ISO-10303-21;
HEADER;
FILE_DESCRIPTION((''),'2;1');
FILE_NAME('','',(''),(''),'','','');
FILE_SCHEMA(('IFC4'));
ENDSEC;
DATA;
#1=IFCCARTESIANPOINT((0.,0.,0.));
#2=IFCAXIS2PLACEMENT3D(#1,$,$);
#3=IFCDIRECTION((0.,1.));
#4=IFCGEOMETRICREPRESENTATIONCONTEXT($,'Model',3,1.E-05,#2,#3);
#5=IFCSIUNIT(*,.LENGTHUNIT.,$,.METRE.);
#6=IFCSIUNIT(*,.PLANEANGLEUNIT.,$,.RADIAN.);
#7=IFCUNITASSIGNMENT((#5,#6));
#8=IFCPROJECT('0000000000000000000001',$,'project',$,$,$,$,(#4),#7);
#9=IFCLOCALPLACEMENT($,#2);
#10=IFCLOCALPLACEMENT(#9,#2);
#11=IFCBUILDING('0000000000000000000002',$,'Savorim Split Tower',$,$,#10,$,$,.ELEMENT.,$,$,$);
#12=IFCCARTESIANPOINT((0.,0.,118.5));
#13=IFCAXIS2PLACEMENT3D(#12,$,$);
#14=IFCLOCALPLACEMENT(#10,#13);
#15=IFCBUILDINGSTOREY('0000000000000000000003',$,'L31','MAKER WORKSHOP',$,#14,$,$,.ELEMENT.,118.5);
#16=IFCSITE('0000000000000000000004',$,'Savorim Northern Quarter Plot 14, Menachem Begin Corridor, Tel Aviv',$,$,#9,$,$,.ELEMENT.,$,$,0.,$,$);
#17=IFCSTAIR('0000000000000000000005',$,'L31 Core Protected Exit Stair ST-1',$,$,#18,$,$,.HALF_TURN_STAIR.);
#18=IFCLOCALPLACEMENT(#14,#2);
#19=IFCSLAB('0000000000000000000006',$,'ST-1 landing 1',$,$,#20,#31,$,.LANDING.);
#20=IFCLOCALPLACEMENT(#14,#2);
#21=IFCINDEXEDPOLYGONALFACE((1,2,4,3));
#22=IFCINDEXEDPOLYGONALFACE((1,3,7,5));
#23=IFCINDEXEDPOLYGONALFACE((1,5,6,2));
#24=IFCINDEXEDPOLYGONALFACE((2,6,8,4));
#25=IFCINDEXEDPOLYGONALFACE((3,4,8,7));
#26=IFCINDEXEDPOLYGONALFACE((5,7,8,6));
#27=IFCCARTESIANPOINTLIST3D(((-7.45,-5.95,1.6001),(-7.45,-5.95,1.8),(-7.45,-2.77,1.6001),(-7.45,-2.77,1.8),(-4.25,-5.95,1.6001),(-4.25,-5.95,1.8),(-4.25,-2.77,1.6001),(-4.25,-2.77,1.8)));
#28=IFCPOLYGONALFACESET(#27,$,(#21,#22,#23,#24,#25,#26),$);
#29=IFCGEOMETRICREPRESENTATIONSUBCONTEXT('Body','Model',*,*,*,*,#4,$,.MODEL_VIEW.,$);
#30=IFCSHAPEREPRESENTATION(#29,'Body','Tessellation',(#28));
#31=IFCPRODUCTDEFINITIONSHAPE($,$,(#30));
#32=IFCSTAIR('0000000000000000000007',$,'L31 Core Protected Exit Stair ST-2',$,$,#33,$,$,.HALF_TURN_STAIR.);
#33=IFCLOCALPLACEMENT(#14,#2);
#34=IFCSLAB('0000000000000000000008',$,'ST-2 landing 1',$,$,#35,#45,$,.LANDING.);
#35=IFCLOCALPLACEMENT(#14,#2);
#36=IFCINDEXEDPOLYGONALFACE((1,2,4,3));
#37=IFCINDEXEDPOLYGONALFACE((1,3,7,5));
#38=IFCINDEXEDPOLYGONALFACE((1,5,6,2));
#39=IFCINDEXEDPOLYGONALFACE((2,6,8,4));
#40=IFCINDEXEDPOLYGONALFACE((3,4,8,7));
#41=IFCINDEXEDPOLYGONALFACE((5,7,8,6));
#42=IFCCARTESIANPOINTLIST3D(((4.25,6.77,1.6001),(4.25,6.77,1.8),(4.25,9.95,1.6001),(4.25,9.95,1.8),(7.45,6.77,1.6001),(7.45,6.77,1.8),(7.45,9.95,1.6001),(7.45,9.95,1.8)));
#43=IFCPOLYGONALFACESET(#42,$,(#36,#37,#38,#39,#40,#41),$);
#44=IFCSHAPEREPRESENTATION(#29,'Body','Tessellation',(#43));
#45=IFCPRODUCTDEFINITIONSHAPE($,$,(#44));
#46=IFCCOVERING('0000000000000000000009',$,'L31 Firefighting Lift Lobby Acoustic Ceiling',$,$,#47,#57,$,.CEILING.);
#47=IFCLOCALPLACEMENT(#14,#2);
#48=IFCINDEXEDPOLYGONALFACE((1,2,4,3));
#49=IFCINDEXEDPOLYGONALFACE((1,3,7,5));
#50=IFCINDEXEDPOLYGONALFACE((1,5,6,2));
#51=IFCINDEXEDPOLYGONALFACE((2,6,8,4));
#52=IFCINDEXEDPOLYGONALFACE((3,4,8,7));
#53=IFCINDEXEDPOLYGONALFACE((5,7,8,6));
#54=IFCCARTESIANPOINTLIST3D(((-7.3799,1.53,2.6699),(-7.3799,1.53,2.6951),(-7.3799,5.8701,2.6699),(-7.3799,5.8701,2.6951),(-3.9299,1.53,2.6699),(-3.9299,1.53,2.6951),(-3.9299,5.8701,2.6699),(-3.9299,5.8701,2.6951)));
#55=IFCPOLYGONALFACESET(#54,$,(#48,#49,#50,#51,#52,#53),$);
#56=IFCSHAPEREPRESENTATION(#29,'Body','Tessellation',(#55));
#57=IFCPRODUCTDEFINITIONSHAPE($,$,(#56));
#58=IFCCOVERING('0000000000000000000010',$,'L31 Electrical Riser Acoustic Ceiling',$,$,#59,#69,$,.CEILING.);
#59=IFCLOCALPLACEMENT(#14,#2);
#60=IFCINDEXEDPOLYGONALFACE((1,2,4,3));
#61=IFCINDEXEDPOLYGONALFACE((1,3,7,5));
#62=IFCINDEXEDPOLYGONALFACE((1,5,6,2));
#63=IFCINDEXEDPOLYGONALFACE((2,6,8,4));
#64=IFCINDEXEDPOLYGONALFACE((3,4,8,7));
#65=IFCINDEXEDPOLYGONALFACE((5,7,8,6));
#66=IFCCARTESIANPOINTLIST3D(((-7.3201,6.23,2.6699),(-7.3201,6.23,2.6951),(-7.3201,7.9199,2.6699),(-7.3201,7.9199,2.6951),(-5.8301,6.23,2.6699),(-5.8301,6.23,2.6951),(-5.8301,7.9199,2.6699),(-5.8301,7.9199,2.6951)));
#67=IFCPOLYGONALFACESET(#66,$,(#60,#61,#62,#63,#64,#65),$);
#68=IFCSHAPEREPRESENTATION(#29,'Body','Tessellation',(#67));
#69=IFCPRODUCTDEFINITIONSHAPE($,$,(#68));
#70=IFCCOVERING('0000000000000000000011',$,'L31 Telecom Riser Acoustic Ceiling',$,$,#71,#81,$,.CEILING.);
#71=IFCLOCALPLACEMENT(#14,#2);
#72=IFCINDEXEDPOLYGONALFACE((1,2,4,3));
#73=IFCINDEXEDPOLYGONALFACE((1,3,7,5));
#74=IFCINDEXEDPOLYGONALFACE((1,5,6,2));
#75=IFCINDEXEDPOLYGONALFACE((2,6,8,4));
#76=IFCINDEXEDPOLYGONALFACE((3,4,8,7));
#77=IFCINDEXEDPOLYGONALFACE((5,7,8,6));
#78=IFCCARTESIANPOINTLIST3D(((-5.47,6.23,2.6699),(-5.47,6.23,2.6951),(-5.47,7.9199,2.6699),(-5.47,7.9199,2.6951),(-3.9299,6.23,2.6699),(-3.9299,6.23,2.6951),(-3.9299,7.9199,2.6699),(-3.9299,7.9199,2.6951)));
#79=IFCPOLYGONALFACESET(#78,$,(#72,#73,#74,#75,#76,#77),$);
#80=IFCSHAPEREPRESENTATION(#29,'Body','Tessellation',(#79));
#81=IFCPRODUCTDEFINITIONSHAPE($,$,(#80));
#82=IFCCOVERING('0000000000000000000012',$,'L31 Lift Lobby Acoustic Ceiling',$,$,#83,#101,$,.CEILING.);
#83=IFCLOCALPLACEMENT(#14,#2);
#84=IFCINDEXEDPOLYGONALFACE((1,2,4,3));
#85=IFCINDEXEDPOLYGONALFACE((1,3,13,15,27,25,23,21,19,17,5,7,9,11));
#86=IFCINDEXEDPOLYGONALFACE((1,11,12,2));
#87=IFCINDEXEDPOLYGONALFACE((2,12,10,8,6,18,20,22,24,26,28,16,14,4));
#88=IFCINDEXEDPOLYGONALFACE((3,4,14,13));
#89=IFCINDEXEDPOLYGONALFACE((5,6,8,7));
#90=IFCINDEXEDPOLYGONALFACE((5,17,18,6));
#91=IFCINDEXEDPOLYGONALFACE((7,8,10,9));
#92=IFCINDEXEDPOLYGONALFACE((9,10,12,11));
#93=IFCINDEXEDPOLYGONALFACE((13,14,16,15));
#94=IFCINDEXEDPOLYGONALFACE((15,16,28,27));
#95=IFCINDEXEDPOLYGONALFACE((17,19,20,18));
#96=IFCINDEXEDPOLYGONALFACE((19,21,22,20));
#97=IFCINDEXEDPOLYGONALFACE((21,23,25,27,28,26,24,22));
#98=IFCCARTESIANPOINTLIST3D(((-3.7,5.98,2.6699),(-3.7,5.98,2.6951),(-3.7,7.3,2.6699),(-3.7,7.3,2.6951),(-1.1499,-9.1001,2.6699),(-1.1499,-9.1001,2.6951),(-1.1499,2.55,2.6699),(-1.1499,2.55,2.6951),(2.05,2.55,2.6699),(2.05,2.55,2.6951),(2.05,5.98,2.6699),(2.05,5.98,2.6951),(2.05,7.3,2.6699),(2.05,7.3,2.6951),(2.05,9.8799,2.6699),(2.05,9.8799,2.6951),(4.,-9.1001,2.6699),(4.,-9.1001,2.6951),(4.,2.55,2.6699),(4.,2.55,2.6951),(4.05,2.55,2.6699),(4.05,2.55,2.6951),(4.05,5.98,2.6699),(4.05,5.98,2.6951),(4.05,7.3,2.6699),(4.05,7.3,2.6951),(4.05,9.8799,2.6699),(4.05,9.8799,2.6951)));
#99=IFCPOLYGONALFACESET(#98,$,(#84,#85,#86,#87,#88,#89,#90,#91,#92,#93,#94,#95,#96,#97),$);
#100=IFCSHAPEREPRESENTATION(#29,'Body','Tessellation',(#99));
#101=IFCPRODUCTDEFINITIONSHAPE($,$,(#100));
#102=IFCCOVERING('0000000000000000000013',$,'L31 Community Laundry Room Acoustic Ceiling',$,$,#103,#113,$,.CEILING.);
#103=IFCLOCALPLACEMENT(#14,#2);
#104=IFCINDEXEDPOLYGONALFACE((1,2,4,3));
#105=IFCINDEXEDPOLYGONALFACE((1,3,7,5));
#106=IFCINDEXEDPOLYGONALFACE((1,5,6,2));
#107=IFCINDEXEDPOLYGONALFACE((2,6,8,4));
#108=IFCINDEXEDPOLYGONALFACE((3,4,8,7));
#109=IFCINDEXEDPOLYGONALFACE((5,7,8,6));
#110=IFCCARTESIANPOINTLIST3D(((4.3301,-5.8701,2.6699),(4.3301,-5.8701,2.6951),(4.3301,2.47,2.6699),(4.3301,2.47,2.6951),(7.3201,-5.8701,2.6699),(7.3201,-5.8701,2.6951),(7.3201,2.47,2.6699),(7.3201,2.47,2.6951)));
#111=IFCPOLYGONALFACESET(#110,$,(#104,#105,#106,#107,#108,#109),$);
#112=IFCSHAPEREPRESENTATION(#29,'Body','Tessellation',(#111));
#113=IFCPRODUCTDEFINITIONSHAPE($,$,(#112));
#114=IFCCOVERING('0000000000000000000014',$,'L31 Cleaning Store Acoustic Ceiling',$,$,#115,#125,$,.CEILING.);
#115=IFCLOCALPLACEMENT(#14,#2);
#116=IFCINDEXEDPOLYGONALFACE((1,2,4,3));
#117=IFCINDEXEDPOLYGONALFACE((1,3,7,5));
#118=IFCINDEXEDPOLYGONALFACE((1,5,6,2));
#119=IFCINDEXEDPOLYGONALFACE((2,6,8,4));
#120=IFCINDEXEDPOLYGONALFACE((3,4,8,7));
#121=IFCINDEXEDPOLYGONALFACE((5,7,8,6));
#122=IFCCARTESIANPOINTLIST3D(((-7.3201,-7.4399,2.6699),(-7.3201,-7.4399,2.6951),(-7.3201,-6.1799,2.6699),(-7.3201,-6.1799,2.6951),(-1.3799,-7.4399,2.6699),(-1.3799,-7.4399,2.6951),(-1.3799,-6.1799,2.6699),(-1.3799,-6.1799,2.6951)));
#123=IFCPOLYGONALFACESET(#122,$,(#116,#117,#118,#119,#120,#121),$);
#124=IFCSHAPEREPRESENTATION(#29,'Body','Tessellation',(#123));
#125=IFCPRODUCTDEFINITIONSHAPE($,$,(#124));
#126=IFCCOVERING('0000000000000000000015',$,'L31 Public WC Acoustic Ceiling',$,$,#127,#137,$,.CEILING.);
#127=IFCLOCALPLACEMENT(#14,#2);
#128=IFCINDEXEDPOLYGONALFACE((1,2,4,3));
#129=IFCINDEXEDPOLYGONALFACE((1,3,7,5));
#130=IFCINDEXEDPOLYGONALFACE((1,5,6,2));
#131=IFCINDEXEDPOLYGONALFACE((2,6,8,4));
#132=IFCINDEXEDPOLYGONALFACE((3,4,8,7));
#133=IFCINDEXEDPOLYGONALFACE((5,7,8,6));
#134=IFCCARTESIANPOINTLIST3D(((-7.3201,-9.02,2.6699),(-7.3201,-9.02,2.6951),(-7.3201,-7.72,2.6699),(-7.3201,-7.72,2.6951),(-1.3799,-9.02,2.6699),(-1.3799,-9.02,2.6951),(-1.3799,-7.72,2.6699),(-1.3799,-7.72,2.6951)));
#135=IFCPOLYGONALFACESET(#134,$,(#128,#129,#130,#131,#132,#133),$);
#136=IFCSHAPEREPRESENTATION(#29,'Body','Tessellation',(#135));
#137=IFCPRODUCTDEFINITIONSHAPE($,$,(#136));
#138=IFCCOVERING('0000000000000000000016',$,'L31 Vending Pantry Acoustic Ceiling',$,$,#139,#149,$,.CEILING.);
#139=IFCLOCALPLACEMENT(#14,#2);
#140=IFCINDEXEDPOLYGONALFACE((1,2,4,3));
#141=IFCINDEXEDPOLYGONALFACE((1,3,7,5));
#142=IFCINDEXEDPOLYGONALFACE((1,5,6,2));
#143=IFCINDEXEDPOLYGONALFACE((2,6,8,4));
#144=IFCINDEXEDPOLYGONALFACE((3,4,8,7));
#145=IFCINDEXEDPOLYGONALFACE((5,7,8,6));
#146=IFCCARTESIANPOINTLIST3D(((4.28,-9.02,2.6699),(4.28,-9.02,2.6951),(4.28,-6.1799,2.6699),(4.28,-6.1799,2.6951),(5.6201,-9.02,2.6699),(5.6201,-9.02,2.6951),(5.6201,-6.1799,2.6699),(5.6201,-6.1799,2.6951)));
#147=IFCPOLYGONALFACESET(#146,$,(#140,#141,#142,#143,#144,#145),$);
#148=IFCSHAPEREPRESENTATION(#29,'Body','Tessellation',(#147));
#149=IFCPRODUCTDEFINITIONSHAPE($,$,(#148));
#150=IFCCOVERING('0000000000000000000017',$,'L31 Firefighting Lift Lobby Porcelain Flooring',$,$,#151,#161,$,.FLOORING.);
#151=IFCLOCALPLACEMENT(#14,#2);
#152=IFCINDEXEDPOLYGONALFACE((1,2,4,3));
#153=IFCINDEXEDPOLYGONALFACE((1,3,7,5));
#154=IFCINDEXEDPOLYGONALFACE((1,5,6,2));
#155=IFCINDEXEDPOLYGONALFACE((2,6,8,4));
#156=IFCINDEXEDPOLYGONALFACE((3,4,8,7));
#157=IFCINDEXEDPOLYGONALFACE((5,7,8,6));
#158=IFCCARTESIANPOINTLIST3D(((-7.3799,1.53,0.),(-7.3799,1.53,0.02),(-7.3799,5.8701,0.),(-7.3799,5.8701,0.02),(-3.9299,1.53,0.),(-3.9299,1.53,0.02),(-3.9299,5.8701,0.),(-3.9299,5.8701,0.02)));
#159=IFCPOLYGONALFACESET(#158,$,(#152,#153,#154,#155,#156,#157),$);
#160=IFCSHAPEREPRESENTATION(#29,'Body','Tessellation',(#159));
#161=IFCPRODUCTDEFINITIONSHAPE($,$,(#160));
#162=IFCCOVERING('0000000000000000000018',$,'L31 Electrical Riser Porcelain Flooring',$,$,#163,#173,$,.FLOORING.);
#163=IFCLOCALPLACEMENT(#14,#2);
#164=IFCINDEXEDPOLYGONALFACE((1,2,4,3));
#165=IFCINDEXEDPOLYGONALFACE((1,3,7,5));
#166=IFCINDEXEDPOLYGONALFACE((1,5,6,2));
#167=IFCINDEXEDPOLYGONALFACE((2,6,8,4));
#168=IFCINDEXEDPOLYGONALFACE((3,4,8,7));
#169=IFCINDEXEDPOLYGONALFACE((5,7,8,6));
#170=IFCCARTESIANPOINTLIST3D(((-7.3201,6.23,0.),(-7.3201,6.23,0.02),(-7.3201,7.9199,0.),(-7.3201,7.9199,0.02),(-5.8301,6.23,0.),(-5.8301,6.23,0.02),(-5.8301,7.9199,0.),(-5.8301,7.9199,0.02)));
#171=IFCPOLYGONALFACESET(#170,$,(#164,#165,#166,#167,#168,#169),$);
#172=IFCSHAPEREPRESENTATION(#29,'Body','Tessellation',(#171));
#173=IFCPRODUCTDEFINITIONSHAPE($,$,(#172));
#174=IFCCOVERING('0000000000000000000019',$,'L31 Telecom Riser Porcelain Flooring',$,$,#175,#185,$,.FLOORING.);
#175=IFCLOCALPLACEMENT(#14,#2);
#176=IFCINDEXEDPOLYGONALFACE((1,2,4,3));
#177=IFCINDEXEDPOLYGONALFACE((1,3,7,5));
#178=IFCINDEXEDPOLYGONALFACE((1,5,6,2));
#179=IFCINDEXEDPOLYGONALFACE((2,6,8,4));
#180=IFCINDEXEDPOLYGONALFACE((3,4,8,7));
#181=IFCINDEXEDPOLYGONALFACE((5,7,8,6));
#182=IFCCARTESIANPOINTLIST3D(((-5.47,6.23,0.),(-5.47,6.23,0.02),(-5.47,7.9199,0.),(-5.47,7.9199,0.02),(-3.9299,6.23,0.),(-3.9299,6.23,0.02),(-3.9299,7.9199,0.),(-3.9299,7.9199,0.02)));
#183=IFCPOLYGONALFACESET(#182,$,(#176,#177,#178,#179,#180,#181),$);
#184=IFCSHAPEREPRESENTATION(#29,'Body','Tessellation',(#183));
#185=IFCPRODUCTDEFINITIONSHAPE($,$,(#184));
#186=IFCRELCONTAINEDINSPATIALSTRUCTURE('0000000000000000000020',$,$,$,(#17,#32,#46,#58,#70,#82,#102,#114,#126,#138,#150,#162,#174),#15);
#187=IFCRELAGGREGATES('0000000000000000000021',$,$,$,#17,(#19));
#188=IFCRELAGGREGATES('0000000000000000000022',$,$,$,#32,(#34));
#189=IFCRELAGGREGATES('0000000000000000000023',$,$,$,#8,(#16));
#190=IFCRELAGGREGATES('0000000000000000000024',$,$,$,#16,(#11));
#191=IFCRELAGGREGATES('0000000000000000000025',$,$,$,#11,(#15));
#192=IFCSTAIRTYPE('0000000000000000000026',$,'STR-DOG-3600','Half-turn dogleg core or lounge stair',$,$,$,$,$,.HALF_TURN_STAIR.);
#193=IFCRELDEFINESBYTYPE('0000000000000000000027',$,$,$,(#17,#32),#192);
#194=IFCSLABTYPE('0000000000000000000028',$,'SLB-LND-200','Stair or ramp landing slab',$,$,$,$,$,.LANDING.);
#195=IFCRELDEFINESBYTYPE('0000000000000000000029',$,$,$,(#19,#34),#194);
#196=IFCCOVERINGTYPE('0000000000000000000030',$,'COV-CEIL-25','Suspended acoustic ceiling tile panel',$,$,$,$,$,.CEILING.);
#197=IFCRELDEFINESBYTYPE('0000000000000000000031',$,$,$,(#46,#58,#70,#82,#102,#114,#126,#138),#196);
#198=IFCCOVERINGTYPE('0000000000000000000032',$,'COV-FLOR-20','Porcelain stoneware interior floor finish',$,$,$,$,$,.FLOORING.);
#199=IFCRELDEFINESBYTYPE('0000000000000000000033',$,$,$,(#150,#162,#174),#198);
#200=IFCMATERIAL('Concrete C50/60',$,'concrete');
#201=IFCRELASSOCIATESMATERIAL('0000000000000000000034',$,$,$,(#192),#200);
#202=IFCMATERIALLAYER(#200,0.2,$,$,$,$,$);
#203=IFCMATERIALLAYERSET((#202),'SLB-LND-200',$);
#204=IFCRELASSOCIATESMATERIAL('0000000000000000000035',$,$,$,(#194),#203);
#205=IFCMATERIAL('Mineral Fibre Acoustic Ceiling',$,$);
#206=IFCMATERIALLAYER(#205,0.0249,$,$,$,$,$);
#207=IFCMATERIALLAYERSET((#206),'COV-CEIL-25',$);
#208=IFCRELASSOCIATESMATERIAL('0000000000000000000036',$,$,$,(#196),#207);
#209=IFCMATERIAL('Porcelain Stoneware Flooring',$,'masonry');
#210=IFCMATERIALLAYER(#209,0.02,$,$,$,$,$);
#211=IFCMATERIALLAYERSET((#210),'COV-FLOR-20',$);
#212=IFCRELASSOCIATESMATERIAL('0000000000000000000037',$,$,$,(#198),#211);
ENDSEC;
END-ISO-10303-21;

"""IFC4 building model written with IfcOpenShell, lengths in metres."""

from ifc_helpers import new_model, si_unit, direction, frame, origin, place, context, subcontext, project, spatial, polyline, outline, extrude, material, layer, layer_set, type_object, element, aggregate, save


model = new_model("IFC4")

# Units and contexts
model_context = context("Model", 3, precision=1e-05, world=origin(), true_north=direction((0.0, 1.0)))
body_context = subcontext(model_context, "Body", "Model", "MODEL_VIEW")
ifc_project = project(units=[si_unit("LENGTHUNIT", "METRE"), si_unit("PLANEANGLEUNIT", "RADIAN")], contexts=[model_context])

# Site, building, storey
site_placement = place(None, origin())
site = spatial("IfcSite", under=ifc_project, at=site_placement, Name="Savorim Northern Quarter Plot 14, Menachem Begin Corridor, Tel Aviv", CompositionType="ELEMENT", RefElevation=0.0)
building_placement = place(site_placement, origin())
building = spatial("IfcBuilding", under=site, at=building_placement, Name="Savorim Split Tower", CompositionType="ELEMENT")
storey_placement = place(building_placement, frame((0.0, 0.0, 118.5)))
storey = spatial("IfcBuildingStorey", under=building, at=storey_placement, Name="L31", Description="MAKER WORKSHOP", CompositionType="ELEMENT", Elevation=118.5)

# Stairs, slabs
ifc_material_1 = material(Name="Concrete C50/60", Category="concrete")
stair_type = type_object("IfcStairType", Name="STR-DOG-3600", Description="Half-turn dogleg core or lounge stair", PredefinedType="HALF_TURN_STAIR", material=ifc_material_1)
stair_1_placement = place(storey_placement, origin())
stair_1 = element("IfcStair", 1, at=stair_1_placement, inside=storey, type_object=stair_type, Name="L31 Core Protected Exit Stair ST-1", PredefinedType="HALF_TURN_STAIR")
ifc_layer_1 = layer(ifc_material_1, 0.2)
ifc_layer_set_1 = layer_set([ifc_layer_1], Name="SLB-LND-200")
slab_type = type_object("IfcSlabType", Name="SLB-LND-200", Description="Stair or ramp landing slab", PredefinedType="LANDING", material=ifc_layer_set_1)
slab_1_placement = place(storey_placement, frame((0.0, 0.0, 1.6001)))
slab_1 = element("IfcSlab", 2, at=slab_1_placement, type_object=slab_type, Name="ST-1 landing 1", PredefinedType="LANDING", context=body_context, shape_type="SweptSolid", body=[
    extrude(outline(polyline([(-7.45, -2.77), (-7.45, -5.95), (-4.25, -5.95), (-4.25, -2.77), (-7.45, -2.77)])), origin(), (0.0, 0.0, 1.0), 0.2),
])
aggregate(stair_1, [slab_1])
stair_2_placement = place(storey_placement, origin())
stair_2 = element("IfcStair", 3, at=stair_2_placement, inside=storey, type_object=stair_type, Name="L31 Core Protected Exit Stair ST-2", PredefinedType="HALF_TURN_STAIR")
slab_2_placement = place(storey_placement, frame((0.0, 0.0, 1.6001)))
slab_2 = element("IfcSlab", 4, at=slab_2_placement, type_object=slab_type, Name="ST-2 landing 1", PredefinedType="LANDING", context=body_context, shape_type="SweptSolid", body=[
    extrude(outline(polyline([(7.45, 6.77), (7.45, 9.95), (4.25, 9.95), (4.25, 6.77), (7.45, 6.77)])), origin(), (0.0, 0.0, 1.0), 0.2),
])
aggregate(stair_2, [slab_2])

# Coverings
ifc_material_2 = material(Name="Mineral Fibre Acoustic Ceiling")
ifc_layer_2 = layer(ifc_material_2, 0.0249)
ifc_layer_set_2 = layer_set([ifc_layer_2], Name="COV-CEIL-25")
covering_type_1 = type_object("IfcCoveringType", Name="COV-CEIL-25", Description="Suspended acoustic ceiling tile panel", PredefinedType="CEILING", material=ifc_layer_set_2)
covering_1_placement = place(storey_placement, frame((0.0, 0.0, 2.6699)))
element("IfcCovering", 5, at=covering_1_placement, inside=storey, type_object=covering_type_1, Name="L31 Firefighting Lift Lobby Acoustic Ceiling", PredefinedType="CEILING", context=body_context, shape_type="SweptSolid", body=[
    extrude(outline(polyline([(-7.3799, 5.8701), (-7.3799, 1.53), (-3.9299, 1.53), (-3.9299, 5.8701), (-7.3799, 5.8701)])), origin(), (0.0, 0.0, 1.0), 0.0251),
])
covering_2_placement = place(storey_placement, frame((0.0, 0.0, 2.6699)))
element("IfcCovering", 6, at=covering_2_placement, inside=storey, type_object=covering_type_1, Name="L31 Electrical Riser Acoustic Ceiling", PredefinedType="CEILING", context=body_context, shape_type="SweptSolid", body=[
    extrude(outline(polyline([(-7.3201, 7.9199), (-7.3201, 6.23), (-5.8301, 6.23), (-5.8301, 7.9199), (-7.3201, 7.9199)])), origin(), (0.0, 0.0, 1.0), 0.0251),
])
covering_3_placement = place(storey_placement, frame((0.0, 0.0, 2.6699)))
element("IfcCovering", 7, at=covering_3_placement, inside=storey, type_object=covering_type_1, Name="L31 Telecom Riser Acoustic Ceiling", PredefinedType="CEILING", context=body_context, shape_type="SweptSolid", body=[
    extrude(outline(polyline([(-5.47, 7.9199), (-5.47, 6.23), (-3.9299, 6.23), (-3.9299, 7.9199), (-5.47, 7.9199)])), origin(), (0.0, 0.0, 1.0), 0.0251),
])
covering_4_placement = place(storey_placement, frame((0.0, 0.0, 2.6699)))
element("IfcCovering", 8, at=covering_4_placement, inside=storey, type_object=covering_type_1, Name="L31 Lift Lobby Acoustic Ceiling", PredefinedType="CEILING", context=body_context, shape_type="SweptSolid", body=[
    extrude(outline(polyline([(2.05, 2.55), (-1.1499, 2.55), (-1.1499, -9.1001), (4.0, -9.1001), (4.0, 2.55), (4.05, 2.55), (4.05, 5.98), (4.05, 7.3), (4.05, 9.8799), (2.05, 9.8799), (2.05, 7.3), (-3.7, 7.3), (-3.7, 5.98), (2.05, 5.98), (2.05, 2.55)])), origin(), (0.0, 0.0, 1.0), 0.0251),
])
covering_5_placement = place(storey_placement, frame((0.0, 0.0, 2.6699)))
element("IfcCovering", 9, at=covering_5_placement, inside=storey, type_object=covering_type_1, Name="L31 Community Laundry Room Acoustic Ceiling", PredefinedType="CEILING", context=body_context, shape_type="SweptSolid", body=[
    extrude(outline(polyline([(4.3301, 2.47), (4.3301, -5.8701), (7.3201, -5.8701), (7.3201, 2.47), (4.3301, 2.47)])), origin(), (0.0, 0.0, 1.0), 0.0251),
])
covering_6_placement = place(storey_placement, frame((0.0, 0.0, 2.6699)))
element("IfcCovering", 10, at=covering_6_placement, inside=storey, type_object=covering_type_1, Name="L31 Cleaning Store Acoustic Ceiling", PredefinedType="CEILING", context=body_context, shape_type="SweptSolid", body=[
    extrude(outline(polyline([(-7.3201, -6.1799), (-7.3201, -7.4399), (-1.3799, -7.4399), (-1.3799, -6.1799), (-7.3201, -6.1799)])), origin(), (0.0, 0.0, 1.0), 0.0251),
])
covering_7_placement = place(storey_placement, frame((0.0, 0.0, 2.6699)))
element("IfcCovering", 11, at=covering_7_placement, inside=storey, type_object=covering_type_1, Name="L31 Public WC Acoustic Ceiling", PredefinedType="CEILING", context=body_context, shape_type="SweptSolid", body=[
    extrude(outline(polyline([(-7.3201, -7.72), (-7.3201, -9.02), (-1.3799, -9.02), (-1.3799, -7.72), (-7.3201, -7.72)])), origin(), (0.0, 0.0, 1.0), 0.0251),
])
covering_8_placement = place(storey_placement, frame((0.0, 0.0, 2.6699)))
element("IfcCovering", 12, at=covering_8_placement, inside=storey, type_object=covering_type_1, Name="L31 Vending Pantry Acoustic Ceiling", PredefinedType="CEILING", context=body_context, shape_type="SweptSolid", body=[
    extrude(outline(polyline([(4.28, -6.1799), (4.28, -9.02), (5.6201, -9.02), (5.6201, -6.1799), (4.28, -6.1799)])), origin(), (0.0, 0.0, 1.0), 0.0251),
])
ifc_material_3 = material(Name="Porcelain Stoneware Flooring", Category="masonry")
ifc_layer_3 = layer(ifc_material_3, 0.02)
ifc_layer_set_3 = layer_set([ifc_layer_3], Name="COV-FLOR-20")
covering_type_2 = type_object("IfcCoveringType", Name="COV-FLOR-20", Description="Porcelain stoneware interior floor finish", PredefinedType="FLOORING", material=ifc_layer_set_3)
covering_9_placement = place(storey_placement, origin())
element("IfcCovering", 13, at=covering_9_placement, inside=storey, type_object=covering_type_2, Name="L31 Firefighting Lift Lobby Porcelain Flooring", PredefinedType="FLOORING", context=body_context, shape_type="SweptSolid", body=[
    extrude(outline(polyline([(-7.3799, 5.8701), (-7.3799, 1.53), (-3.9299, 1.53), (-3.9299, 5.8701), (-7.3799, 5.8701)])), origin(), (0.0, 0.0, 1.0), 0.02),
])
covering_10_placement = place(storey_placement, origin())
element("IfcCovering", 14, at=covering_10_placement, inside=storey, type_object=covering_type_2, Name="L31 Electrical Riser Porcelain Flooring", PredefinedType="FLOORING", context=body_context, shape_type="SweptSolid", body=[
    extrude(outline(polyline([(-7.3201, 7.9199), (-7.3201, 6.23), (-5.8301, 6.23), (-5.8301, 7.9199), (-7.3201, 7.9199)])), origin(), (0.0, 0.0, 1.0), 0.02),
])
covering_11_placement = place(storey_placement, origin())
element("IfcCovering", 15, at=covering_11_placement, inside=storey, type_object=covering_type_2, Name="L31 Telecom Riser Porcelain Flooring", PredefinedType="FLOORING", context=body_context, shape_type="SweptSolid", body=[
    extrude(outline(polyline([(-5.47, 7.9199), (-5.47, 6.23), (-3.9299, 6.23), (-3.9299, 7.9199), (-5.47, 7.9199)])), origin(), (0.0, 0.0, 1.0), 0.02),
])

save(model, "model.ifc")
